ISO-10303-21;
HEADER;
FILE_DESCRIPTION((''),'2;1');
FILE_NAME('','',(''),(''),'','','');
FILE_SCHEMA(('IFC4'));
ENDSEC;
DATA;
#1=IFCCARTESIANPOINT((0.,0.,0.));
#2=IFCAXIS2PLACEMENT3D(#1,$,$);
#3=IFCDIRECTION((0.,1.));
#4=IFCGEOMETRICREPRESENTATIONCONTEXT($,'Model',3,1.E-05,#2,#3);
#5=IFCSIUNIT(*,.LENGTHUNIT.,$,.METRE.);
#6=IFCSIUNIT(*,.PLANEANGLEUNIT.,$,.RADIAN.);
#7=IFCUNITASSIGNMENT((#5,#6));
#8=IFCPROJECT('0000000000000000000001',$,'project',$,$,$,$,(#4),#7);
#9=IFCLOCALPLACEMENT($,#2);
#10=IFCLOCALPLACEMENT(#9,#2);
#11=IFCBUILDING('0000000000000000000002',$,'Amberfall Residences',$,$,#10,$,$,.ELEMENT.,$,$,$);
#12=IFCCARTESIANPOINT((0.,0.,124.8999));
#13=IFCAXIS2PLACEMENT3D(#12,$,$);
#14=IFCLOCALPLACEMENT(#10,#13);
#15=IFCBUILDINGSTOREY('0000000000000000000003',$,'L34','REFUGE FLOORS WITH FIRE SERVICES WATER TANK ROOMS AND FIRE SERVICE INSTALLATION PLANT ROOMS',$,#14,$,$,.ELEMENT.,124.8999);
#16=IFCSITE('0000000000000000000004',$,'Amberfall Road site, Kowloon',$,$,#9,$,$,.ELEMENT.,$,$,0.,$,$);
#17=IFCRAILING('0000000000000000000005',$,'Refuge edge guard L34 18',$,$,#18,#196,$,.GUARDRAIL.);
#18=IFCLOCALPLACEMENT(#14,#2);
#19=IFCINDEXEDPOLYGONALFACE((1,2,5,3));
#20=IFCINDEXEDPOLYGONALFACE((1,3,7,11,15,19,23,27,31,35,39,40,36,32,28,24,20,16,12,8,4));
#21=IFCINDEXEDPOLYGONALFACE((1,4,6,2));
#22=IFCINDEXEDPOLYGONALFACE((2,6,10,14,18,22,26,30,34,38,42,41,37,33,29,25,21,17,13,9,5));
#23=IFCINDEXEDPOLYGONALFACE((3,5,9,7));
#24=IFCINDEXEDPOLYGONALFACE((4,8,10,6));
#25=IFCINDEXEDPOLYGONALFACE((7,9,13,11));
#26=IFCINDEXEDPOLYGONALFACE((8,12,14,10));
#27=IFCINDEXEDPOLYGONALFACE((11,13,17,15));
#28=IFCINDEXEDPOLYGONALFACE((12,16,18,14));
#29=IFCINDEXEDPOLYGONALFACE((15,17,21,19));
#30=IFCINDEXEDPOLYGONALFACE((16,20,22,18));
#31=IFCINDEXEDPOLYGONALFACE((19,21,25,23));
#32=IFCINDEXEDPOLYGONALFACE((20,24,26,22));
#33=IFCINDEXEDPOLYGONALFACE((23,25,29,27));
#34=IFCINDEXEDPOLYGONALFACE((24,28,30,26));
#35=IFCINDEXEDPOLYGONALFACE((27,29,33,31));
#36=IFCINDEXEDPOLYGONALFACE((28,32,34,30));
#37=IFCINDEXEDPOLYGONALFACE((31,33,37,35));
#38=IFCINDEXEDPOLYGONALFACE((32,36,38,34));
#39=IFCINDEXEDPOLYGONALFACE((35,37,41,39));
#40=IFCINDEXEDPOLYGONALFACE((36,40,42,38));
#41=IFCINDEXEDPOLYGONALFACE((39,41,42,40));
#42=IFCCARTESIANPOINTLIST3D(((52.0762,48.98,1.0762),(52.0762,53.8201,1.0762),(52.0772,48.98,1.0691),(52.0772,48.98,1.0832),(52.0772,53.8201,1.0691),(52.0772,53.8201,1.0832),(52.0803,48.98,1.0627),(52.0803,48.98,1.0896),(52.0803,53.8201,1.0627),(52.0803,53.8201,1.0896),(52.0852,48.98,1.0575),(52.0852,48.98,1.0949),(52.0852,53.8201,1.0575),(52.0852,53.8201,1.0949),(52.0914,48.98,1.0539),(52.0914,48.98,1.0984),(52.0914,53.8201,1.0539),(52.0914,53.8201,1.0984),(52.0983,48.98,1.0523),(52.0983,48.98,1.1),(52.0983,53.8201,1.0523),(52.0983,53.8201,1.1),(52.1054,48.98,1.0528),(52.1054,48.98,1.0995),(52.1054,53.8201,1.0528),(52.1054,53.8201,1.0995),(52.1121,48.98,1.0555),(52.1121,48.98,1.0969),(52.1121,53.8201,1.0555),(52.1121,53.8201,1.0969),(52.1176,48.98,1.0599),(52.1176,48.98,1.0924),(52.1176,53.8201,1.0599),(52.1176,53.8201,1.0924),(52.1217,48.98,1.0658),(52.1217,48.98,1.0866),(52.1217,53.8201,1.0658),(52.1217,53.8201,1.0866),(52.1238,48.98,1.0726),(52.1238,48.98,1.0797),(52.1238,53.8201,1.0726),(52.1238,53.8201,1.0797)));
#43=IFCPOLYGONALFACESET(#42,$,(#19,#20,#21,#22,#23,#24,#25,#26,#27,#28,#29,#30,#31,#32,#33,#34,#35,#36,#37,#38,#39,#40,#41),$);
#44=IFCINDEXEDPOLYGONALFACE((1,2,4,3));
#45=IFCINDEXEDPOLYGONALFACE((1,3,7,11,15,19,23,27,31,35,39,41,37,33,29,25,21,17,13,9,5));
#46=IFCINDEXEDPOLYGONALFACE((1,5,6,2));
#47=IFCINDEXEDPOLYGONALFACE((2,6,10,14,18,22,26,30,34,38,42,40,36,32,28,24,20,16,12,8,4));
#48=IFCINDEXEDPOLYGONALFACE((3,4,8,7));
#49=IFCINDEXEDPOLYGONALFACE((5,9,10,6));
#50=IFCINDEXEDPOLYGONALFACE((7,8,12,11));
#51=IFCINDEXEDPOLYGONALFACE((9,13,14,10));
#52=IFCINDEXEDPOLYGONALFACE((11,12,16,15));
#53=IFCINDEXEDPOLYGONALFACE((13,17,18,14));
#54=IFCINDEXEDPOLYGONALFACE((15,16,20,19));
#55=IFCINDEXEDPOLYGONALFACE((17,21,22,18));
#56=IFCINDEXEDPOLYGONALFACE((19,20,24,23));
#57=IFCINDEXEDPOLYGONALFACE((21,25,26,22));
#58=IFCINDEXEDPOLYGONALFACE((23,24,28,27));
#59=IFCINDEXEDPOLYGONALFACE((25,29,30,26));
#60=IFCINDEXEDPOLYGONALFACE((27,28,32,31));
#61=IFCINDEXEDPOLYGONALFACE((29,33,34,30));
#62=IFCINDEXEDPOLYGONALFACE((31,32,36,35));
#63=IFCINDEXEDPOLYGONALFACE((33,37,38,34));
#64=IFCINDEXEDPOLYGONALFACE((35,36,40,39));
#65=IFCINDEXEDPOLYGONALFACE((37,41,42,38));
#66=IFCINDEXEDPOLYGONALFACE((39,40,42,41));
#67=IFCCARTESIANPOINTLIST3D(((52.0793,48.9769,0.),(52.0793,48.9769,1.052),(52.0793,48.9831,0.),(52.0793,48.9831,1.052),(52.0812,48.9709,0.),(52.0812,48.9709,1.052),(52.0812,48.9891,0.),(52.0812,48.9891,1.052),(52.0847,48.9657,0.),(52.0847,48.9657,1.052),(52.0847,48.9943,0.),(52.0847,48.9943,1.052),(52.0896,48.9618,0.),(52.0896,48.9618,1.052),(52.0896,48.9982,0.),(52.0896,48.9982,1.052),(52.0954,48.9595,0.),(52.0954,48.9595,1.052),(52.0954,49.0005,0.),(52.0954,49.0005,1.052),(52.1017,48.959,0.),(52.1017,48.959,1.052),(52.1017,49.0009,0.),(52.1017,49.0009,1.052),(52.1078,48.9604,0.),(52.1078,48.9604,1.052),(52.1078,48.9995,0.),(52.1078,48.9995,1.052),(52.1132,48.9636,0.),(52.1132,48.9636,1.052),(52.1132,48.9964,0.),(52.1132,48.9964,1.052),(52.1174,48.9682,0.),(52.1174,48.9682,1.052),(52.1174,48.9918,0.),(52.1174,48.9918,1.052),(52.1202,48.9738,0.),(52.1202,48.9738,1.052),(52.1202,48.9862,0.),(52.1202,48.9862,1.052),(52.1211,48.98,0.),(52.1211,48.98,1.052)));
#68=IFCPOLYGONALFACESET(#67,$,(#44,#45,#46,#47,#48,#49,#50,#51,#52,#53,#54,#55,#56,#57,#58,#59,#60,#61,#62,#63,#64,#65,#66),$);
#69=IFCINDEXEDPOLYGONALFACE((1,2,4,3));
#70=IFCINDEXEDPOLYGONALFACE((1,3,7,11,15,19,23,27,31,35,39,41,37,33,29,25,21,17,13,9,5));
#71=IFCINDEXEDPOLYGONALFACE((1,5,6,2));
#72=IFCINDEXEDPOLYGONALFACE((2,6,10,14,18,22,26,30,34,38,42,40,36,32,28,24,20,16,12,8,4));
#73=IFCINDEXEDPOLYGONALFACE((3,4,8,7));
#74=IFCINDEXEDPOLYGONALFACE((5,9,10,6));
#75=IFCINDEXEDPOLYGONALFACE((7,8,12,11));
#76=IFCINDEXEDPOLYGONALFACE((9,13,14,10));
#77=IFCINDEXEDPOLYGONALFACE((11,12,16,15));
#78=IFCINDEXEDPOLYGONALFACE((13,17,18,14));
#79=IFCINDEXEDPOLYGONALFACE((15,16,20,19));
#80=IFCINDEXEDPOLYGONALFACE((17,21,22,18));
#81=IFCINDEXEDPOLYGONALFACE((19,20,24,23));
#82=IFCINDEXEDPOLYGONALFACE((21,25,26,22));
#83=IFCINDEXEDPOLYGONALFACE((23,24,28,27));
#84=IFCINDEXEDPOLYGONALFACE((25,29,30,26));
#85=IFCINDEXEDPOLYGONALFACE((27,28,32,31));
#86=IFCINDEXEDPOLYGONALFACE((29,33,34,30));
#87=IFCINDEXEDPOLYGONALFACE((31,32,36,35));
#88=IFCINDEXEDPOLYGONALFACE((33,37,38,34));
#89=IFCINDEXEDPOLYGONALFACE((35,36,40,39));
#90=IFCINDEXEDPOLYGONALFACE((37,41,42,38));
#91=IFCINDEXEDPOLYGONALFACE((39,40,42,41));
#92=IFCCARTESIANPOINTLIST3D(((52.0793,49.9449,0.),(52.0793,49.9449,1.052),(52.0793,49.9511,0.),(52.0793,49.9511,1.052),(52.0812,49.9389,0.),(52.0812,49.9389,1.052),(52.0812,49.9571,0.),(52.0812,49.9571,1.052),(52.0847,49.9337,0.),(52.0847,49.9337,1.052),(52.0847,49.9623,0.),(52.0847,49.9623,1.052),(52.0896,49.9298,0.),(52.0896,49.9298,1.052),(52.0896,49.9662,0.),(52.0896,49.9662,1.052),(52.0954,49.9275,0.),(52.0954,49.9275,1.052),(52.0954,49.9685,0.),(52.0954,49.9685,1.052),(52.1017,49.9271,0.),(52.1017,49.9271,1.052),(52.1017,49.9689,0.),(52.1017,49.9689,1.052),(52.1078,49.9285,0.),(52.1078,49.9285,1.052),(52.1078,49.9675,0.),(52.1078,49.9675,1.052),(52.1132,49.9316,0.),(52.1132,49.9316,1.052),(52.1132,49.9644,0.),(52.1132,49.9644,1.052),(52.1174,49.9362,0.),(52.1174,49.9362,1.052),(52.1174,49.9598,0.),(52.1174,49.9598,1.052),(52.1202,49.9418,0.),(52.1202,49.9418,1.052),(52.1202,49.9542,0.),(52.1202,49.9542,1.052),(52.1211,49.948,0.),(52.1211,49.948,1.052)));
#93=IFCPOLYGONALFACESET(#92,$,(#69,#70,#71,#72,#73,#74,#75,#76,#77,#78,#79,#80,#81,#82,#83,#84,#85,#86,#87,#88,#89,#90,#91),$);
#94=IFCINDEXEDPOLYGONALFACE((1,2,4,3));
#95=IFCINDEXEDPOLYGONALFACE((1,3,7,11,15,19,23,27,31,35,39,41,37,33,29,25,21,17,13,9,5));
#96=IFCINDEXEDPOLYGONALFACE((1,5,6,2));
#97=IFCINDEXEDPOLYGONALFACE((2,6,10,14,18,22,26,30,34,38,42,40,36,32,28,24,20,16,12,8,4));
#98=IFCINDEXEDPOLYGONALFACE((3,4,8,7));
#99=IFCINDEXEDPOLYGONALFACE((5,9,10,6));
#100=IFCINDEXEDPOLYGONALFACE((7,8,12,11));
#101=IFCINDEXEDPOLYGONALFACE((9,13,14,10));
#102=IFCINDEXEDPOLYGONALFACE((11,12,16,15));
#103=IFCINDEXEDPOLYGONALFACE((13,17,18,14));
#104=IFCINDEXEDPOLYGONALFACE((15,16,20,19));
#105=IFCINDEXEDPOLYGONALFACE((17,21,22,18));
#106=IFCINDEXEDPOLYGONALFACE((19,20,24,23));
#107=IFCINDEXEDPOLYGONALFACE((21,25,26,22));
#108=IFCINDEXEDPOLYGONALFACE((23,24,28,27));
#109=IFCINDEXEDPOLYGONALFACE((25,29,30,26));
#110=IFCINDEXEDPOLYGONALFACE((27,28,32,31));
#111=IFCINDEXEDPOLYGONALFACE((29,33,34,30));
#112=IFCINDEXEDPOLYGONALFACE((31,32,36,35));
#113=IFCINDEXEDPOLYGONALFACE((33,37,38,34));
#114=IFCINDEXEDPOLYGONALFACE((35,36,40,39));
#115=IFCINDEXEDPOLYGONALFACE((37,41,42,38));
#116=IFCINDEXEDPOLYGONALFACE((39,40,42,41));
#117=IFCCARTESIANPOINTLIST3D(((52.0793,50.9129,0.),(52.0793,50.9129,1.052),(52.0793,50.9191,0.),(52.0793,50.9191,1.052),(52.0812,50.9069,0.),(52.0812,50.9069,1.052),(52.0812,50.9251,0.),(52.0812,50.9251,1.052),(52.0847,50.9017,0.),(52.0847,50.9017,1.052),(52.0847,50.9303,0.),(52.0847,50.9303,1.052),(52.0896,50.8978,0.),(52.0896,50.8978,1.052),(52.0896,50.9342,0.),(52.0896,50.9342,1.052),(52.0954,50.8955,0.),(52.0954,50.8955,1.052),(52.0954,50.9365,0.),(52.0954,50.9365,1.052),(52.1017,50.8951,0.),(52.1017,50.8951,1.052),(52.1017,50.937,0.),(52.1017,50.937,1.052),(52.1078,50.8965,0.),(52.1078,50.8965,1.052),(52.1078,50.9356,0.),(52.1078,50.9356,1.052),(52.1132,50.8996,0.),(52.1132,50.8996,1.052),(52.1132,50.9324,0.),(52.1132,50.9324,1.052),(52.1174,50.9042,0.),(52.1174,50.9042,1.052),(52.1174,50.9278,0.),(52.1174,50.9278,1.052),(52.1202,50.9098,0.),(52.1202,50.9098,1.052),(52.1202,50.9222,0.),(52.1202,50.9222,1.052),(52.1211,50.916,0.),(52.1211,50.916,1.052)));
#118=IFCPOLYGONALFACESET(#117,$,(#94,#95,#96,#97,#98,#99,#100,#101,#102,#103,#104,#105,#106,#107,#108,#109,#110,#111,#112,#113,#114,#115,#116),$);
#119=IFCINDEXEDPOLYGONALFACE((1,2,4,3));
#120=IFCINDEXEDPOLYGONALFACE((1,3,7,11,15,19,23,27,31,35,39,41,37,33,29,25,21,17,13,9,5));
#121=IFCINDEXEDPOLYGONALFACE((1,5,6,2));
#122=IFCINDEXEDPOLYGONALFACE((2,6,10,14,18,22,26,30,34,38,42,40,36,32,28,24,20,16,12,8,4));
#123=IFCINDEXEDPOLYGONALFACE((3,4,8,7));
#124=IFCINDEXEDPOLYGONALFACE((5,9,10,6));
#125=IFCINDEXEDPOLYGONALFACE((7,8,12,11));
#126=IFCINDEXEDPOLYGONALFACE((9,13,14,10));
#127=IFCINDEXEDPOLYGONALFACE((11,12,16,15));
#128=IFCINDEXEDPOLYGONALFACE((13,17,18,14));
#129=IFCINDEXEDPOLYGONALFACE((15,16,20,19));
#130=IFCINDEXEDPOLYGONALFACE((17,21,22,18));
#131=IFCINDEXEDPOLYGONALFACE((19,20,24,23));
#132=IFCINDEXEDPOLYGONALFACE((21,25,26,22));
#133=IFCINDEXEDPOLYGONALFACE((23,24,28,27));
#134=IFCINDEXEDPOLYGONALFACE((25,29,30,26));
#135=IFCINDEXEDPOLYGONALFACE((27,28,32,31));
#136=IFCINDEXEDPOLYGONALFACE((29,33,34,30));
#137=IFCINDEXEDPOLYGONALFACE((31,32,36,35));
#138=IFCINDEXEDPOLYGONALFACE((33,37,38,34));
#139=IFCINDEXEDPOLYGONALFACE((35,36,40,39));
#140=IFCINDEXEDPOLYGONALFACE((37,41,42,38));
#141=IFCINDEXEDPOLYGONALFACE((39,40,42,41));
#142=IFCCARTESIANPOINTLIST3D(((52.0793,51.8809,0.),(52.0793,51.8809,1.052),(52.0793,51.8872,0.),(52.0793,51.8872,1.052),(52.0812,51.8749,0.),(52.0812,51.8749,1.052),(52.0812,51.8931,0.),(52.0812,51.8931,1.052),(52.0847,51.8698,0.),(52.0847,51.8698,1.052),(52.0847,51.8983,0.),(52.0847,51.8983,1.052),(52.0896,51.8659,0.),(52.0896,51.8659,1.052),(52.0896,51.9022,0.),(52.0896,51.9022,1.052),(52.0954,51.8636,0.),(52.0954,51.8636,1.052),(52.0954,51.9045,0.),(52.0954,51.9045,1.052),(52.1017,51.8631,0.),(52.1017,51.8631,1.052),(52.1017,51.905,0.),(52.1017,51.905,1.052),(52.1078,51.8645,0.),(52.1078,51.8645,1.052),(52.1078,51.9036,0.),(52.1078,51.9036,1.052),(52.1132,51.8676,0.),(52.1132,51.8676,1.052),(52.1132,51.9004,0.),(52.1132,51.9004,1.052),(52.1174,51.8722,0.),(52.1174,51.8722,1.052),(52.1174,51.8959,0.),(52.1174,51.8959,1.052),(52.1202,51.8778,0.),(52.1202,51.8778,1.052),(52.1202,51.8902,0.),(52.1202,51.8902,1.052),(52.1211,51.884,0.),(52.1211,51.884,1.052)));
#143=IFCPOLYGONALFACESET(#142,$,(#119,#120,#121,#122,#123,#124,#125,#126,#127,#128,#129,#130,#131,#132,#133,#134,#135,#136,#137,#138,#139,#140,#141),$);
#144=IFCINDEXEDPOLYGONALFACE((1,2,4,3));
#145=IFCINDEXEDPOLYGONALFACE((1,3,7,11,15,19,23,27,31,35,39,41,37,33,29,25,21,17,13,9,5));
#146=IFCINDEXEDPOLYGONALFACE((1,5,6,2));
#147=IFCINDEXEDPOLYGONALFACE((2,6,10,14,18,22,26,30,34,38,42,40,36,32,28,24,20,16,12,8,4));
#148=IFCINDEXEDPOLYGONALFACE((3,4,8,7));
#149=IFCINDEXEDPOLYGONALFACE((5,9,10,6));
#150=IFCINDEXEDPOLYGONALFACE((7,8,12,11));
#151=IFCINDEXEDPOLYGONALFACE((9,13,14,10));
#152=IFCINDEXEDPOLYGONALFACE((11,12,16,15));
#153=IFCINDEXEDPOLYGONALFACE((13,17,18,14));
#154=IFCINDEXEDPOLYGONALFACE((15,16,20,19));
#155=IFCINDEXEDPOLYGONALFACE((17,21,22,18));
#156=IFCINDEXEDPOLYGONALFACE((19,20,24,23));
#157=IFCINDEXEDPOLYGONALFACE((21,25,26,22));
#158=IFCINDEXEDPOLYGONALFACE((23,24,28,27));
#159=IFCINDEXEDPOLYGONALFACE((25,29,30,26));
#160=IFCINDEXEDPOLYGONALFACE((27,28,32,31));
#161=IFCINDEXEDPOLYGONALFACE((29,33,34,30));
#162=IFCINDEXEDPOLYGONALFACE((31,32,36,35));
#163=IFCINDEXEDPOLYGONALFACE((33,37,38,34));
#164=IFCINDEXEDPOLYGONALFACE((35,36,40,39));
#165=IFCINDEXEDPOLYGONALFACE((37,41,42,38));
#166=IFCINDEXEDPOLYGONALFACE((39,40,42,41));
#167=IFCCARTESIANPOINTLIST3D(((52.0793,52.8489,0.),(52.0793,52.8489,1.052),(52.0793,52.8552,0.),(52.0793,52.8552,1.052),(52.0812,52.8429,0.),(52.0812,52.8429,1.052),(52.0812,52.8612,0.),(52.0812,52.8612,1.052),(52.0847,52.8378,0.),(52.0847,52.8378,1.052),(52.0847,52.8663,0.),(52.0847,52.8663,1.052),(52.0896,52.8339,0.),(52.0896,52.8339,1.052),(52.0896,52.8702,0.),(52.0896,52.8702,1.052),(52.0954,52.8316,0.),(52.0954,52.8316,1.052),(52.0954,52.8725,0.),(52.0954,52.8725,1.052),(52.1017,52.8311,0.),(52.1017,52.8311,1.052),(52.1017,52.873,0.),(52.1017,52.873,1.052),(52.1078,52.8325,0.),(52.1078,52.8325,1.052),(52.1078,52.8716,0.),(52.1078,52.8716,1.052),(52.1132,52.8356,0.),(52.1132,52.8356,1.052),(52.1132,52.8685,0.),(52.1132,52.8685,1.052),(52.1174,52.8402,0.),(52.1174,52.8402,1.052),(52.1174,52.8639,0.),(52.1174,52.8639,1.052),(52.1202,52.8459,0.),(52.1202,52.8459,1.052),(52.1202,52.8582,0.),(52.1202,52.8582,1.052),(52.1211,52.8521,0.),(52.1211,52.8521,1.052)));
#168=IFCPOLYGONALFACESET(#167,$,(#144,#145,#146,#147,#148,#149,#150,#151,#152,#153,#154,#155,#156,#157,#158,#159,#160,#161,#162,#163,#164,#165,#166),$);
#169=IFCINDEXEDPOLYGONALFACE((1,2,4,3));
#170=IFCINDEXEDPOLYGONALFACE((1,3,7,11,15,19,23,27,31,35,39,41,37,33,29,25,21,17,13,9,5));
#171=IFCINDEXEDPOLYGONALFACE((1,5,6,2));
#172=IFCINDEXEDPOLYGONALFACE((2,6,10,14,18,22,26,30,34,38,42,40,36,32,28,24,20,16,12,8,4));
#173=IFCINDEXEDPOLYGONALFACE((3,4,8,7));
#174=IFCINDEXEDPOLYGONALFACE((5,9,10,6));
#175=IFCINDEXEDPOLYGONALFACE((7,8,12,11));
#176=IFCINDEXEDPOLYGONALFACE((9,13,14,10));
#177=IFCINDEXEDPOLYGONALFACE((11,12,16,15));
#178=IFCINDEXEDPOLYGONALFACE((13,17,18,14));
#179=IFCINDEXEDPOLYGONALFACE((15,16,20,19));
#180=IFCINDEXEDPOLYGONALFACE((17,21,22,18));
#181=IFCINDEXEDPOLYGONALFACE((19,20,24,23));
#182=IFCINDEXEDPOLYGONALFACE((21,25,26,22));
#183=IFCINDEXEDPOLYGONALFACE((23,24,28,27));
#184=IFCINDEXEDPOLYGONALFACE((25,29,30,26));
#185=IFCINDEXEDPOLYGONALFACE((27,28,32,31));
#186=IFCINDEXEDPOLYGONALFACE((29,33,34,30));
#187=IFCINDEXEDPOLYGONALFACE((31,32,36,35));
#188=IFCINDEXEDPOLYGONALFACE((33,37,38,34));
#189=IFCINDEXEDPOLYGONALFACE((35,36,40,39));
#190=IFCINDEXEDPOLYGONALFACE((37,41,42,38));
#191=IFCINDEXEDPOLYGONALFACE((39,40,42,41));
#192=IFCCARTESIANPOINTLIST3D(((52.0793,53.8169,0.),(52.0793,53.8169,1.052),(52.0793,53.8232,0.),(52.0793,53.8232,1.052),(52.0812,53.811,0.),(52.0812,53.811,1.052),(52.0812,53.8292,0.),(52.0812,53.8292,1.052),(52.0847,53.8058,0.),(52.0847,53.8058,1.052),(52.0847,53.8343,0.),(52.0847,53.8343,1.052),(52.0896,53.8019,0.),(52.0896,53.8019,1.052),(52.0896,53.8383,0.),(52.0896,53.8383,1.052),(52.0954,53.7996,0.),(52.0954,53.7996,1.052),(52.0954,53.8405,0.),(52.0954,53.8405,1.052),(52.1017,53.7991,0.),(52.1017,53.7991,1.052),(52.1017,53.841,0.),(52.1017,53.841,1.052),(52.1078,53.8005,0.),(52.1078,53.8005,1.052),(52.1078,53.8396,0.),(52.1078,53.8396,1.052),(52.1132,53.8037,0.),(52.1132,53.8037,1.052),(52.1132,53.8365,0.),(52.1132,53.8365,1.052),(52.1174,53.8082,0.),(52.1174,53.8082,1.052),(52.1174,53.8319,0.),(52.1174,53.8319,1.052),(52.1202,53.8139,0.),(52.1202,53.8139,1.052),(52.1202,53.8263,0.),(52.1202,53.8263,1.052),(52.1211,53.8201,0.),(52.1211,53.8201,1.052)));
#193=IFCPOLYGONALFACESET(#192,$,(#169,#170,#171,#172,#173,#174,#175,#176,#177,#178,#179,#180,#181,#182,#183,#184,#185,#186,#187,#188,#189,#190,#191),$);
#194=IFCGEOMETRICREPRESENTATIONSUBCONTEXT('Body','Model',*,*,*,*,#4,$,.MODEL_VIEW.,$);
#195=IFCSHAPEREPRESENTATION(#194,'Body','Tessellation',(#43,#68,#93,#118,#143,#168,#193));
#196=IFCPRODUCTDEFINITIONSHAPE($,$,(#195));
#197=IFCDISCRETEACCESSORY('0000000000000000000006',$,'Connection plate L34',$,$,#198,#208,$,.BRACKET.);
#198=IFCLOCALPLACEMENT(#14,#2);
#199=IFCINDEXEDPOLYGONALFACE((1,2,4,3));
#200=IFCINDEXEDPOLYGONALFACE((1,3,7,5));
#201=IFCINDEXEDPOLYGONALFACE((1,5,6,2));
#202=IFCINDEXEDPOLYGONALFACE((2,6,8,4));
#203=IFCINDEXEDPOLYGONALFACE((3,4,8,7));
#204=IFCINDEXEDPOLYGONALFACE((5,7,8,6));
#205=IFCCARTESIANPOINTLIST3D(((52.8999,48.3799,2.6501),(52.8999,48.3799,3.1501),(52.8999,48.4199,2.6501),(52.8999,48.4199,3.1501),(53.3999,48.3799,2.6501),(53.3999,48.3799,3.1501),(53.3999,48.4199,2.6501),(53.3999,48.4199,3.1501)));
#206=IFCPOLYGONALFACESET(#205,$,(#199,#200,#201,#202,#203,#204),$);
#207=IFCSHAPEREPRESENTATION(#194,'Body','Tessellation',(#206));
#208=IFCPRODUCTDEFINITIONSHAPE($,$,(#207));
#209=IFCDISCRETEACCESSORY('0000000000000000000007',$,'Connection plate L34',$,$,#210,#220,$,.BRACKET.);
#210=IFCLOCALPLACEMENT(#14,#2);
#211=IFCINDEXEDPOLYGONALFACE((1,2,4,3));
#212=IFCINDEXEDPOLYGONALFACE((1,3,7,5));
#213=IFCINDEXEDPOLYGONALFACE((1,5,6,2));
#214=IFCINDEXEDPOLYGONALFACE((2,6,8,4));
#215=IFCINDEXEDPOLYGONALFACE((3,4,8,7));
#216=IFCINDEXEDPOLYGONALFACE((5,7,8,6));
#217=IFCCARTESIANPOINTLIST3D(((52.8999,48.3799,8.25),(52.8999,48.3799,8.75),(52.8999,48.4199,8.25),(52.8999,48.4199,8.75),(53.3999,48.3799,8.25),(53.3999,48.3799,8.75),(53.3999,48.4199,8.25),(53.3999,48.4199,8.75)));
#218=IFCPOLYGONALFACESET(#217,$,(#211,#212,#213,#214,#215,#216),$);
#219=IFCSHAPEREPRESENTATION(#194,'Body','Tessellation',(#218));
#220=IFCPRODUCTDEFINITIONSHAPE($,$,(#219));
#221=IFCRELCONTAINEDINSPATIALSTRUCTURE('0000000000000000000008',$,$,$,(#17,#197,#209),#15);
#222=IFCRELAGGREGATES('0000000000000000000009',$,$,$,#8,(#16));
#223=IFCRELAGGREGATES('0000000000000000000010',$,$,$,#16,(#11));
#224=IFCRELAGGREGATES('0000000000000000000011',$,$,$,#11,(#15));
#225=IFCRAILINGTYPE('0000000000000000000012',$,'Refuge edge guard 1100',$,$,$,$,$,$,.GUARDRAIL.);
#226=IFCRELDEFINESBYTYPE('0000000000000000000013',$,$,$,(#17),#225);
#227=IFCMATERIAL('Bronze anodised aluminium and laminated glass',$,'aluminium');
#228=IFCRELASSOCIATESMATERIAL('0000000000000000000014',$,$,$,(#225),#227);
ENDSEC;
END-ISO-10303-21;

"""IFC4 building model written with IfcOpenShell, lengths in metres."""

from ifc_helpers import new_model, si_unit, direction, frame, origin, origin_2d, place, context, subcontext, project, spatial, rectangle, circle, extrude, material, type_object, element, save


model = new_model("IFC4")

# Units and contexts
model_context = context("Model", 3, precision=1e-05, world=origin(), true_north=direction((0.0, 1.0)))
body_context = subcontext(model_context, "Body", "Model", "MODEL_VIEW")
ifc_project = project(units=[si_unit("LENGTHUNIT", "METRE"), si_unit("PLANEANGLEUNIT", "RADIAN")], contexts=[model_context])

# Site, building, storey
site_placement = place(None, origin())
site = spatial("IfcSite", under=ifc_project, at=site_placement, Name="Amberfall Road site, Kowloon", CompositionType="ELEMENT", RefElevation=0.0)
building_placement = place(site_placement, origin())
building = spatial("IfcBuilding", under=site, at=building_placement, Name="Amberfall Residences", CompositionType="ELEMENT")
storey_placement = place(building_placement, frame((0.0, 0.0, 124.8999)))
storey = spatial("IfcBuildingStorey", under=building, at=storey_placement, Name="L34", Description="REFUGE FLOORS WITH FIRE SERVICES WATER TANK ROOMS AND FIRE SERVICE INSTALLATION PLANT ROOMS", CompositionType="ELEMENT", Elevation=124.8999)

# Railing
ifc_material_1 = material(Name="Bronze anodised aluminium and laminated glass", Category="aluminium")
railing_type = type_object("IfcRailingType", Name="Refuge edge guard 1100", PredefinedType="GUARDRAIL", material=ifc_material_1)
railing_placement = place(storey_placement, frame((52.1001, 48.98, 0.0)))
element("IfcRailing", 1, at=railing_placement, inside=storey, type_object=railing_type, Name="Refuge edge guard L34 18", PredefinedType="GUARDRAIL", context=body_context, shape_type="SweptSolid", body=[
    extrude(circle(Radius=0.0239, at=origin_2d()), frame((0.0, 0.0, 1.0762), z_axis=(0.0, 1.0, 0.0), x_axis=(-1.0, 0.0, 0.0)), (0.0, 0.0, 1.0), 4.8401),
    extrude(circle(Radius=0.021, at=origin_2d()), origin(), (0.0, 0.0, 1.0), 1.052),
    extrude(circle(Radius=0.021, at=origin_2d()), frame((0.0, 0.968, 0.0)), (0.0, 0.0, 1.0), 1.052),
    extrude(circle(Radius=0.021, at=origin_2d()), frame((0.0, 1.936, 0.0)), (0.0, 0.0, 1.0), 1.052),
    extrude(circle(Radius=0.021, at=origin_2d()), frame((0.0, 2.9041, 0.0)), (0.0, 0.0, 1.0), 1.052),
    extrude(circle(Radius=0.021, at=origin_2d()), frame((0.0, 3.8721, 0.0)), (0.0, 0.0, 1.0), 1.052),
    extrude(circle(Radius=0.021, at=origin_2d()), frame((0.0, 4.8401, 0.0)), (0.0, 0.0, 1.0), 1.052),
])

# Discrete accessories
for number, where, z_axis, x_axis, name in (
    (2, (53.1499, 48.3999, 2.6501), (0.0, 0.0, 1.0), (1.0, 0.0, 0.0), "Connection plate L34"),
    (3, (53.1499, 48.3999, 8.25), (0.0, 0.0, 1.0), (1.0, 0.0, 0.0), "Connection plate L34"),
):
    element("IfcDiscreteAccessory", number, at=place(storey_placement, frame(where, z_axis=z_axis, x_axis=x_axis)), inside=storey, Name=name, PredefinedType="BRACKET", context=body_context, shape_type="SweptSolid", body=[
        extrude(rectangle(XDim=0.5, YDim=0.04, at=origin_2d()), origin(), (0.0, 0.0, 1.0), 0.5),
    ])

save(model, "model.ifc")
